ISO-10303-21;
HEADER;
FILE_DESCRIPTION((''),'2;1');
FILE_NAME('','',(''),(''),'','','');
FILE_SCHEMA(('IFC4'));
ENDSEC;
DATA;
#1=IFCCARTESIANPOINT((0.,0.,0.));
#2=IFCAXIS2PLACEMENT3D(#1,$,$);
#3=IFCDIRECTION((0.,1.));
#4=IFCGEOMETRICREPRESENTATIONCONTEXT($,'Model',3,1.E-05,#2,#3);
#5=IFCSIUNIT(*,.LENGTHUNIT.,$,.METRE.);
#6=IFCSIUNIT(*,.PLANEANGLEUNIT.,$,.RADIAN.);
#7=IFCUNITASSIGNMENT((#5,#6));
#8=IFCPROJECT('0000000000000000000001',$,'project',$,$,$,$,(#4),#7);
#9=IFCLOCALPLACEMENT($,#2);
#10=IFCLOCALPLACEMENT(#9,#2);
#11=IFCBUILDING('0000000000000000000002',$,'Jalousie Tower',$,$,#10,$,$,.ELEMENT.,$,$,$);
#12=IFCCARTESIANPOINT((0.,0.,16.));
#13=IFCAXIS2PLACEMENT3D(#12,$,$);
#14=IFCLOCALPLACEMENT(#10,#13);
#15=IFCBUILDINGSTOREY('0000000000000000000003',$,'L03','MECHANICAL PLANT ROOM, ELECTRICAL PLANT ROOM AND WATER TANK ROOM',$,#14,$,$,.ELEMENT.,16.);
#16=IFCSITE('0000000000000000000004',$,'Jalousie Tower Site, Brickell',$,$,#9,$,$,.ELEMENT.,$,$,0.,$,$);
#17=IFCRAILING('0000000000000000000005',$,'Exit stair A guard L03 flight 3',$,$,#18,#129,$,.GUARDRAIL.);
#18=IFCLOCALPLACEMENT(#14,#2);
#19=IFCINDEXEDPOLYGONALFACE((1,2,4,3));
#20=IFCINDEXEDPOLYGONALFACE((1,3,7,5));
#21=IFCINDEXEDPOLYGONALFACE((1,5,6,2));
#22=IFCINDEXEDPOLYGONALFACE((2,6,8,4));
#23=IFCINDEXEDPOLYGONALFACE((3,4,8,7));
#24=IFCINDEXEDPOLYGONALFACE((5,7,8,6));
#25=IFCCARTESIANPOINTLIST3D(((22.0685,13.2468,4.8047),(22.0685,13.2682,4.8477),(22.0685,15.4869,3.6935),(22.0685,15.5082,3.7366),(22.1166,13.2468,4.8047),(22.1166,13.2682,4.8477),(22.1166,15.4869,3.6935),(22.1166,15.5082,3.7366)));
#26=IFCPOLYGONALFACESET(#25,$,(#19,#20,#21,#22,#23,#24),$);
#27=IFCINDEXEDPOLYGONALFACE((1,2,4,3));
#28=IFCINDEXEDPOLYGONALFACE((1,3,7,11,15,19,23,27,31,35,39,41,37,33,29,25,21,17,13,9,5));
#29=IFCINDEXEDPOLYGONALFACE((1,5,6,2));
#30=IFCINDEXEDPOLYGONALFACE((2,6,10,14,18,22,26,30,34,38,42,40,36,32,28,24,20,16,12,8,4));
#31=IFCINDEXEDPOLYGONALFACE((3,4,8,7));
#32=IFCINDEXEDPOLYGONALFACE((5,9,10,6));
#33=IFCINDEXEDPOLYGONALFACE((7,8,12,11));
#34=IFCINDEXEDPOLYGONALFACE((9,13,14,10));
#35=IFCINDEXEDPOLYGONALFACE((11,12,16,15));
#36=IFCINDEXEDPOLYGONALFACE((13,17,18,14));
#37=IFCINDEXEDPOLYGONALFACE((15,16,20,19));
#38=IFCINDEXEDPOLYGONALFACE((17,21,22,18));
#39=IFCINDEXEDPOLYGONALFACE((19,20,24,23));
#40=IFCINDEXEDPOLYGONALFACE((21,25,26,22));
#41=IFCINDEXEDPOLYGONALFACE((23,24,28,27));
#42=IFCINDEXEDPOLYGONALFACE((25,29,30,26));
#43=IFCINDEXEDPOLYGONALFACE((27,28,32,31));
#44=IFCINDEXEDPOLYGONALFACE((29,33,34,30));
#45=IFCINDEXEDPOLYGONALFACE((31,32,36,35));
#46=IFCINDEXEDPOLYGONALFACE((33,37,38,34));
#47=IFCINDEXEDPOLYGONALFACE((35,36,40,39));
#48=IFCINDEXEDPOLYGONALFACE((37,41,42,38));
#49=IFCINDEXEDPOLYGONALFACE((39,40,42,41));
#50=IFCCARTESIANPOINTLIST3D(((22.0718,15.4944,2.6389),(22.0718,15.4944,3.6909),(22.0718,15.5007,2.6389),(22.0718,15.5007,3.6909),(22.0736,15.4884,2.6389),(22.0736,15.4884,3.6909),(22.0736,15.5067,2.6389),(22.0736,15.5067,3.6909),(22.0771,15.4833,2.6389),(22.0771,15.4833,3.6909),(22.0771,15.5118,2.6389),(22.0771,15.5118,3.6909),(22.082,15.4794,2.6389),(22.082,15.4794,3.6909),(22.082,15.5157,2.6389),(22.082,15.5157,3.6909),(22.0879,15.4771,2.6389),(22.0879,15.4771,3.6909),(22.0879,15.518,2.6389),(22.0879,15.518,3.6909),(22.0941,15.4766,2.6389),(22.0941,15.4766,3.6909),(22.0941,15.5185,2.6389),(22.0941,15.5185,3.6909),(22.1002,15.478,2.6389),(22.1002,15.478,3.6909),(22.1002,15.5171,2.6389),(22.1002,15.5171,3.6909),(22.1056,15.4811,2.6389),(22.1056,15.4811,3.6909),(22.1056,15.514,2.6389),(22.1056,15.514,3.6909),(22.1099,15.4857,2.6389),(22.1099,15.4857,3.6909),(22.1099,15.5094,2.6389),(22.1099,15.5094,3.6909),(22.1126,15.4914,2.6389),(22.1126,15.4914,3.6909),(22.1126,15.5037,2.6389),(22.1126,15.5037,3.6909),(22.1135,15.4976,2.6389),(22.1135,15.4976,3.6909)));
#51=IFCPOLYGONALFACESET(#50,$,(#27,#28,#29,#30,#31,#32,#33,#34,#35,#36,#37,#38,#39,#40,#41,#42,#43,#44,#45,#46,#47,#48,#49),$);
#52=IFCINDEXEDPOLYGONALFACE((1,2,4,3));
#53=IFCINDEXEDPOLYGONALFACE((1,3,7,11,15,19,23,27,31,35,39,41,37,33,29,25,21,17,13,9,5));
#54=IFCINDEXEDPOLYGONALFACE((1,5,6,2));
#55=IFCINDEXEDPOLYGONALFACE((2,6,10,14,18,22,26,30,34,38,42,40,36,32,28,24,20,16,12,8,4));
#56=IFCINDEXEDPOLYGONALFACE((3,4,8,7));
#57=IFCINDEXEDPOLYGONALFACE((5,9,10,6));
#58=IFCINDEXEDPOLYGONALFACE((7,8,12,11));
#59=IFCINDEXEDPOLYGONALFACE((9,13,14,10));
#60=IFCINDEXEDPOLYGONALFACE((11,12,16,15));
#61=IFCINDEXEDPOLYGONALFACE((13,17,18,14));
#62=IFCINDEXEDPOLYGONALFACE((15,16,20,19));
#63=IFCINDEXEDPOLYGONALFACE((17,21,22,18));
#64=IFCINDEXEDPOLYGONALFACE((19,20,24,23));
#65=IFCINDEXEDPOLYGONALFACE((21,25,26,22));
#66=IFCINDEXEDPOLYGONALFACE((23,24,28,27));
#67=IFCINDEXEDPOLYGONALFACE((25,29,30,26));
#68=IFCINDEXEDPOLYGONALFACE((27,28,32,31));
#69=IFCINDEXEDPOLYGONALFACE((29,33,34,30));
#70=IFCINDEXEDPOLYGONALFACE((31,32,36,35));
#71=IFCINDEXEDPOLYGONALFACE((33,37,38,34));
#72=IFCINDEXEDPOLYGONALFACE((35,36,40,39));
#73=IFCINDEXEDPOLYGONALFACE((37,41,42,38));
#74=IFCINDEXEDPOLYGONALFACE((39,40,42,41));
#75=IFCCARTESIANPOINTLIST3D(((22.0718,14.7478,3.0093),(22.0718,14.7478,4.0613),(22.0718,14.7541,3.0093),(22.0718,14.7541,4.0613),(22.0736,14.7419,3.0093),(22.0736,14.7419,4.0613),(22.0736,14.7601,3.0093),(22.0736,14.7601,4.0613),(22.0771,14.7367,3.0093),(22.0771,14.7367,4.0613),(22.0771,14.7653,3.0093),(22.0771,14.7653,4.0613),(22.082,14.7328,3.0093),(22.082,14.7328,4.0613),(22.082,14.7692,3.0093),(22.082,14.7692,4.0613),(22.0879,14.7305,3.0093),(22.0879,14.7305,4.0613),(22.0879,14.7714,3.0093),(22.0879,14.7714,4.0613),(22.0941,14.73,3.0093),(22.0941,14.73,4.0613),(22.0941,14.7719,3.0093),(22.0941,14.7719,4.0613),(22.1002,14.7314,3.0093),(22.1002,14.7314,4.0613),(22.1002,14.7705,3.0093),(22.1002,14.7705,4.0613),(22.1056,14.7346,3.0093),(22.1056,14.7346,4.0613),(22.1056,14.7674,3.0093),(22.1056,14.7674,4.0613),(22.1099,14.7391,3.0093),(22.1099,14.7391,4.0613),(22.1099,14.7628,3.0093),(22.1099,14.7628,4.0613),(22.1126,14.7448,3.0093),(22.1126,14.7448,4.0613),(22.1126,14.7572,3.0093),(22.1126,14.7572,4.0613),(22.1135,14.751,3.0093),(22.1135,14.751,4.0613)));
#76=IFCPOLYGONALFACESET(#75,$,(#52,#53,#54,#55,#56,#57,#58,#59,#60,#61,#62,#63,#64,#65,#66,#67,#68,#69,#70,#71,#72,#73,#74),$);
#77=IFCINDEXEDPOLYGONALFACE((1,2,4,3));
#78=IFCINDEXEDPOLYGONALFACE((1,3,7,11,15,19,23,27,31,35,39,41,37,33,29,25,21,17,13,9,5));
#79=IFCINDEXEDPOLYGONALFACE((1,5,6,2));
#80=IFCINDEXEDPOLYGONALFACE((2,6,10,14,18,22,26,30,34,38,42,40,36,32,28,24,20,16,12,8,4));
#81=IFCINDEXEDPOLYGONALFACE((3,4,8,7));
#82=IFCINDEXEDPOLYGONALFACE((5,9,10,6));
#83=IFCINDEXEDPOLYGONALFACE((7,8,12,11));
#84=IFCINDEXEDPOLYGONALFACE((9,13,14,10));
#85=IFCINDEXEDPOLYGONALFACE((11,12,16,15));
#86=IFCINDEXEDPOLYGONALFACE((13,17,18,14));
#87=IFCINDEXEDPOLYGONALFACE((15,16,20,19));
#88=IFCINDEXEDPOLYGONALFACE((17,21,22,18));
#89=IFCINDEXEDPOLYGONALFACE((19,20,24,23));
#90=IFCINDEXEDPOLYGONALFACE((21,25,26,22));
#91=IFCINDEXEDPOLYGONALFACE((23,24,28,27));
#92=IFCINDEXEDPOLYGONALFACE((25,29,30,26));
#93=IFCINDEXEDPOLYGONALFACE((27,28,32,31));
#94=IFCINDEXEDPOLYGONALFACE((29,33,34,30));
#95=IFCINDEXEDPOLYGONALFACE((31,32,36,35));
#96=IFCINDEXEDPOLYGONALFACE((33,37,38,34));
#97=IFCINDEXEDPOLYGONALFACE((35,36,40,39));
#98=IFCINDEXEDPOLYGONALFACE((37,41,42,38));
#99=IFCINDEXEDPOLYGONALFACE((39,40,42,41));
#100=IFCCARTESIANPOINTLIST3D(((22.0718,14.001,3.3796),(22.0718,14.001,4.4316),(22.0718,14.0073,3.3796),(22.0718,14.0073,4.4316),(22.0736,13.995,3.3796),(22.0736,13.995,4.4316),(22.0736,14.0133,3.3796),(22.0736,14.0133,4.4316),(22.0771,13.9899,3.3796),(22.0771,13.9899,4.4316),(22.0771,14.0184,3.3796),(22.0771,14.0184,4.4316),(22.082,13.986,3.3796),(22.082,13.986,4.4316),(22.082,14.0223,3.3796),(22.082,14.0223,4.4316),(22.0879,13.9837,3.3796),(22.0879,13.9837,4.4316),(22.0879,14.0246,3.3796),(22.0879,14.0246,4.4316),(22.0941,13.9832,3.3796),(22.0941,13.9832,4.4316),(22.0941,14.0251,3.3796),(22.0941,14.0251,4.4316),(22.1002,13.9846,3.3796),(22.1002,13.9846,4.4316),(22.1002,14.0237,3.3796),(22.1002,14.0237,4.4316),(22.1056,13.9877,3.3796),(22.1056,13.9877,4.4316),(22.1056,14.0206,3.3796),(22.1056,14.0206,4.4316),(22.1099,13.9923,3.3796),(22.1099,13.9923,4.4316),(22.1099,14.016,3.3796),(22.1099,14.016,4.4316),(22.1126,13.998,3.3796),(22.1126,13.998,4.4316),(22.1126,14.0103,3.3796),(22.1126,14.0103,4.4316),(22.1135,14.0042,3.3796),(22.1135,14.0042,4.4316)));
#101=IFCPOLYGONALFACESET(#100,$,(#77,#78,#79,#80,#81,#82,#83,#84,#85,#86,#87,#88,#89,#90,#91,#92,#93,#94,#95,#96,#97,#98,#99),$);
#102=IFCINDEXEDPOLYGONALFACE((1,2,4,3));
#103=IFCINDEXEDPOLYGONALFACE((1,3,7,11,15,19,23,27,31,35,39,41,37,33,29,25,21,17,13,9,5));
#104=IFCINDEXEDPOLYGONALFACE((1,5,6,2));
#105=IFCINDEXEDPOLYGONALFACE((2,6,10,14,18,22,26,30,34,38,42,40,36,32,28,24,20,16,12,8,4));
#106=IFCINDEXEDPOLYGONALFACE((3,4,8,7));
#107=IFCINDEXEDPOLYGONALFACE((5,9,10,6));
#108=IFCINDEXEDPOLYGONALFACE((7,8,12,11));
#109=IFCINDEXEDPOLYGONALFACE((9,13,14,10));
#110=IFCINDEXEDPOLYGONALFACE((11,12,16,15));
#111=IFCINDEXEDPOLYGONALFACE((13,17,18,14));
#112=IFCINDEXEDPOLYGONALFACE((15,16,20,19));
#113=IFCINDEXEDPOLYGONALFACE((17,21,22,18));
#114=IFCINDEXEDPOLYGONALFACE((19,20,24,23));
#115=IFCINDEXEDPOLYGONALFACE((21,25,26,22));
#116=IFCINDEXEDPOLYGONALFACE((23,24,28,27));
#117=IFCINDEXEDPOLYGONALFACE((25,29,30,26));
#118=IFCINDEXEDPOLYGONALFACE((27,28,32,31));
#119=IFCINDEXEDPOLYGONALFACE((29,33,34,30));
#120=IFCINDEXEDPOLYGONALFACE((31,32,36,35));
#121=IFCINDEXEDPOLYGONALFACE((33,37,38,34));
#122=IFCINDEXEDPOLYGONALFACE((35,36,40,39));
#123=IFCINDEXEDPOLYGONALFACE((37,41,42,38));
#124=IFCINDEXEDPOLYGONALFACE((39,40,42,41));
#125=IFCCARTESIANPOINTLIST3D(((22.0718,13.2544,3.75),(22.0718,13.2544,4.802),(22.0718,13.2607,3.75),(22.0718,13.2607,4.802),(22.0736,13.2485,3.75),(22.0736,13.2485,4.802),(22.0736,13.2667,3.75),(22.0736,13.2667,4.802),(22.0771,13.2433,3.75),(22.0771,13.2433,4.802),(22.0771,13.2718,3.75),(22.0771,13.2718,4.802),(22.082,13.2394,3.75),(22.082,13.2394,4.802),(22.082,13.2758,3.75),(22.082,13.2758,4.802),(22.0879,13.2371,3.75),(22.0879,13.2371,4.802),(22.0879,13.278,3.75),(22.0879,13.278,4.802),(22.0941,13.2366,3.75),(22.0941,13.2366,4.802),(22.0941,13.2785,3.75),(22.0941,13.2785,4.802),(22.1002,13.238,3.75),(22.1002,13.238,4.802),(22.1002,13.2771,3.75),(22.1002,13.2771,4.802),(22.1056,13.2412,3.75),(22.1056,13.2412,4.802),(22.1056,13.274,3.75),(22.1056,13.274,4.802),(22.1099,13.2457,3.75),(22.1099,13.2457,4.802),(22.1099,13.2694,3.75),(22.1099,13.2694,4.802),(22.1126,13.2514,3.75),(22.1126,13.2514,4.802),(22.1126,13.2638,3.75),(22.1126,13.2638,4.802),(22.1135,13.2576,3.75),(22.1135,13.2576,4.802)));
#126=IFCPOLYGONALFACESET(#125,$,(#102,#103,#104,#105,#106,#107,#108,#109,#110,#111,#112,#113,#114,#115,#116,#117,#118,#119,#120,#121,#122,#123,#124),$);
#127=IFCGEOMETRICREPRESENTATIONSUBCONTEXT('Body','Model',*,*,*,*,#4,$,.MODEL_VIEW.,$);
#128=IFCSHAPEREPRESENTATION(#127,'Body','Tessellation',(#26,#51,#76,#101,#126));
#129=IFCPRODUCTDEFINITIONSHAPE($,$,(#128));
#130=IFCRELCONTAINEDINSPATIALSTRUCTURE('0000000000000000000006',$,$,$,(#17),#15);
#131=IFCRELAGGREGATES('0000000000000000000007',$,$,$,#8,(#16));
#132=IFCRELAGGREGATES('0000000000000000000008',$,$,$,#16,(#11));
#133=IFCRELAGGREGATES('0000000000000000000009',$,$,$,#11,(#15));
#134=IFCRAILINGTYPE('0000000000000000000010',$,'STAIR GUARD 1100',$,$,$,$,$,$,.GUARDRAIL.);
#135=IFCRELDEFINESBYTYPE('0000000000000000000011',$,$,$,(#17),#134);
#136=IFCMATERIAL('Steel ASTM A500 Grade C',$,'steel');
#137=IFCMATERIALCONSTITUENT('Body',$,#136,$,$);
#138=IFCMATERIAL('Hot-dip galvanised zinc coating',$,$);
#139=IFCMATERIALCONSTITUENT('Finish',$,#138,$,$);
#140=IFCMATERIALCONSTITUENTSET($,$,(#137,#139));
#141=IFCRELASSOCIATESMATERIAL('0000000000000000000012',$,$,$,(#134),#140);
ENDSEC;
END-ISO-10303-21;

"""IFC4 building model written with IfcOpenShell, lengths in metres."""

from ifc_helpers import new_model, si_unit, direction, frame, origin, origin_2d, place, context, subcontext, project, spatial, rectangle, circle, extrude, material, constituent, constituent_set, type_object, element, save


model = new_model("IFC4")

# Units and contexts
model_context = context("Model", 3, precision=1e-05, world=origin(), true_north=direction((0.0, 1.0)))
body_context = subcontext(model_context, "Body", "Model", "MODEL_VIEW")
ifc_project = project(units=[si_unit("LENGTHUNIT", "METRE"), si_unit("PLANEANGLEUNIT", "RADIAN")], contexts=[model_context])

# Site, building, storey
site_placement = place(None, origin())
site = spatial("IfcSite", under=ifc_project, at=site_placement, Name="Jalousie Tower Site, Brickell", CompositionType="ELEMENT", RefElevation=0.0)
building_placement = place(site_placement, origin())
building = spatial("IfcBuilding", under=site, at=building_placement, Name="Jalousie Tower", CompositionType="ELEMENT")
storey_placement = place(building_placement, frame((0.0, 0.0, 16.0)))
storey = spatial("IfcBuildingStorey", under=building, at=storey_placement, Name="L03", Description="MECHANICAL PLANT ROOM, ELECTRICAL PLANT ROOM AND WATER TANK ROOM", CompositionType="ELEMENT", Elevation=16.0)

# Railing
ifc_material_1 = material(Name="Steel ASTM A500 Grade C", Category="steel")
ifc_constituent_1 = constituent(ifc_material_1, Name="Body")
ifc_material_2 = material(Name="Hot-dip galvanised zinc coating")
ifc_constituent_2 = constituent(ifc_material_2, Name="Finish")
ifc_constituent_set_1 = constituent_set(constituents=[ifc_constituent_1, ifc_constituent_2])
railing_type_1 = type_object("IfcRailingType", Name="STAIR GUARD 1100", PredefinedType="GUARDRAIL", material=ifc_constituent_set_1)
railing_1_placement = place(storey_placement, frame((22.0925, 15.4976, 2.6389)))
element("IfcRailing", 1, at=railing_1_placement, inside=storey, type_object=railing_type_1, Name="Exit stair A guard L03 flight 3", PredefinedType="GUARDRAIL", context=body_context, shape_type="SweptSolid", body=[
    extrude(rectangle(XDim=0.0481, YDim=0.0481, at=origin_2d()), frame((0.0, 0.0, 1.0762), z_axis=(0.0, -0.895848, 0.44436), x_axis=(1.0, 0.0, 0.0)), (0.0, 0.0, 1.0), 2.5005),
    extrude(circle(Radius=0.021, at=origin_2d()), origin(), (0.0, 0.0, 1.0), 1.052),
    extrude(circle(Radius=0.021, at=origin_2d()), frame((0.0, -0.7466, 0.3704)), (0.0, 0.0, 1.0), 1.052),
    extrude(circle(Radius=0.021, at=origin_2d()), frame((0.0, -1.4934, 0.7407)), (0.0, 0.0, 1.0), 1.052),
    extrude(circle(Radius=0.021, at=origin_2d()), frame((0.0, -2.24, 1.1111)), (0.0, 0.0, 1.0), 1.052),
])

save(model, "model.ifc")
